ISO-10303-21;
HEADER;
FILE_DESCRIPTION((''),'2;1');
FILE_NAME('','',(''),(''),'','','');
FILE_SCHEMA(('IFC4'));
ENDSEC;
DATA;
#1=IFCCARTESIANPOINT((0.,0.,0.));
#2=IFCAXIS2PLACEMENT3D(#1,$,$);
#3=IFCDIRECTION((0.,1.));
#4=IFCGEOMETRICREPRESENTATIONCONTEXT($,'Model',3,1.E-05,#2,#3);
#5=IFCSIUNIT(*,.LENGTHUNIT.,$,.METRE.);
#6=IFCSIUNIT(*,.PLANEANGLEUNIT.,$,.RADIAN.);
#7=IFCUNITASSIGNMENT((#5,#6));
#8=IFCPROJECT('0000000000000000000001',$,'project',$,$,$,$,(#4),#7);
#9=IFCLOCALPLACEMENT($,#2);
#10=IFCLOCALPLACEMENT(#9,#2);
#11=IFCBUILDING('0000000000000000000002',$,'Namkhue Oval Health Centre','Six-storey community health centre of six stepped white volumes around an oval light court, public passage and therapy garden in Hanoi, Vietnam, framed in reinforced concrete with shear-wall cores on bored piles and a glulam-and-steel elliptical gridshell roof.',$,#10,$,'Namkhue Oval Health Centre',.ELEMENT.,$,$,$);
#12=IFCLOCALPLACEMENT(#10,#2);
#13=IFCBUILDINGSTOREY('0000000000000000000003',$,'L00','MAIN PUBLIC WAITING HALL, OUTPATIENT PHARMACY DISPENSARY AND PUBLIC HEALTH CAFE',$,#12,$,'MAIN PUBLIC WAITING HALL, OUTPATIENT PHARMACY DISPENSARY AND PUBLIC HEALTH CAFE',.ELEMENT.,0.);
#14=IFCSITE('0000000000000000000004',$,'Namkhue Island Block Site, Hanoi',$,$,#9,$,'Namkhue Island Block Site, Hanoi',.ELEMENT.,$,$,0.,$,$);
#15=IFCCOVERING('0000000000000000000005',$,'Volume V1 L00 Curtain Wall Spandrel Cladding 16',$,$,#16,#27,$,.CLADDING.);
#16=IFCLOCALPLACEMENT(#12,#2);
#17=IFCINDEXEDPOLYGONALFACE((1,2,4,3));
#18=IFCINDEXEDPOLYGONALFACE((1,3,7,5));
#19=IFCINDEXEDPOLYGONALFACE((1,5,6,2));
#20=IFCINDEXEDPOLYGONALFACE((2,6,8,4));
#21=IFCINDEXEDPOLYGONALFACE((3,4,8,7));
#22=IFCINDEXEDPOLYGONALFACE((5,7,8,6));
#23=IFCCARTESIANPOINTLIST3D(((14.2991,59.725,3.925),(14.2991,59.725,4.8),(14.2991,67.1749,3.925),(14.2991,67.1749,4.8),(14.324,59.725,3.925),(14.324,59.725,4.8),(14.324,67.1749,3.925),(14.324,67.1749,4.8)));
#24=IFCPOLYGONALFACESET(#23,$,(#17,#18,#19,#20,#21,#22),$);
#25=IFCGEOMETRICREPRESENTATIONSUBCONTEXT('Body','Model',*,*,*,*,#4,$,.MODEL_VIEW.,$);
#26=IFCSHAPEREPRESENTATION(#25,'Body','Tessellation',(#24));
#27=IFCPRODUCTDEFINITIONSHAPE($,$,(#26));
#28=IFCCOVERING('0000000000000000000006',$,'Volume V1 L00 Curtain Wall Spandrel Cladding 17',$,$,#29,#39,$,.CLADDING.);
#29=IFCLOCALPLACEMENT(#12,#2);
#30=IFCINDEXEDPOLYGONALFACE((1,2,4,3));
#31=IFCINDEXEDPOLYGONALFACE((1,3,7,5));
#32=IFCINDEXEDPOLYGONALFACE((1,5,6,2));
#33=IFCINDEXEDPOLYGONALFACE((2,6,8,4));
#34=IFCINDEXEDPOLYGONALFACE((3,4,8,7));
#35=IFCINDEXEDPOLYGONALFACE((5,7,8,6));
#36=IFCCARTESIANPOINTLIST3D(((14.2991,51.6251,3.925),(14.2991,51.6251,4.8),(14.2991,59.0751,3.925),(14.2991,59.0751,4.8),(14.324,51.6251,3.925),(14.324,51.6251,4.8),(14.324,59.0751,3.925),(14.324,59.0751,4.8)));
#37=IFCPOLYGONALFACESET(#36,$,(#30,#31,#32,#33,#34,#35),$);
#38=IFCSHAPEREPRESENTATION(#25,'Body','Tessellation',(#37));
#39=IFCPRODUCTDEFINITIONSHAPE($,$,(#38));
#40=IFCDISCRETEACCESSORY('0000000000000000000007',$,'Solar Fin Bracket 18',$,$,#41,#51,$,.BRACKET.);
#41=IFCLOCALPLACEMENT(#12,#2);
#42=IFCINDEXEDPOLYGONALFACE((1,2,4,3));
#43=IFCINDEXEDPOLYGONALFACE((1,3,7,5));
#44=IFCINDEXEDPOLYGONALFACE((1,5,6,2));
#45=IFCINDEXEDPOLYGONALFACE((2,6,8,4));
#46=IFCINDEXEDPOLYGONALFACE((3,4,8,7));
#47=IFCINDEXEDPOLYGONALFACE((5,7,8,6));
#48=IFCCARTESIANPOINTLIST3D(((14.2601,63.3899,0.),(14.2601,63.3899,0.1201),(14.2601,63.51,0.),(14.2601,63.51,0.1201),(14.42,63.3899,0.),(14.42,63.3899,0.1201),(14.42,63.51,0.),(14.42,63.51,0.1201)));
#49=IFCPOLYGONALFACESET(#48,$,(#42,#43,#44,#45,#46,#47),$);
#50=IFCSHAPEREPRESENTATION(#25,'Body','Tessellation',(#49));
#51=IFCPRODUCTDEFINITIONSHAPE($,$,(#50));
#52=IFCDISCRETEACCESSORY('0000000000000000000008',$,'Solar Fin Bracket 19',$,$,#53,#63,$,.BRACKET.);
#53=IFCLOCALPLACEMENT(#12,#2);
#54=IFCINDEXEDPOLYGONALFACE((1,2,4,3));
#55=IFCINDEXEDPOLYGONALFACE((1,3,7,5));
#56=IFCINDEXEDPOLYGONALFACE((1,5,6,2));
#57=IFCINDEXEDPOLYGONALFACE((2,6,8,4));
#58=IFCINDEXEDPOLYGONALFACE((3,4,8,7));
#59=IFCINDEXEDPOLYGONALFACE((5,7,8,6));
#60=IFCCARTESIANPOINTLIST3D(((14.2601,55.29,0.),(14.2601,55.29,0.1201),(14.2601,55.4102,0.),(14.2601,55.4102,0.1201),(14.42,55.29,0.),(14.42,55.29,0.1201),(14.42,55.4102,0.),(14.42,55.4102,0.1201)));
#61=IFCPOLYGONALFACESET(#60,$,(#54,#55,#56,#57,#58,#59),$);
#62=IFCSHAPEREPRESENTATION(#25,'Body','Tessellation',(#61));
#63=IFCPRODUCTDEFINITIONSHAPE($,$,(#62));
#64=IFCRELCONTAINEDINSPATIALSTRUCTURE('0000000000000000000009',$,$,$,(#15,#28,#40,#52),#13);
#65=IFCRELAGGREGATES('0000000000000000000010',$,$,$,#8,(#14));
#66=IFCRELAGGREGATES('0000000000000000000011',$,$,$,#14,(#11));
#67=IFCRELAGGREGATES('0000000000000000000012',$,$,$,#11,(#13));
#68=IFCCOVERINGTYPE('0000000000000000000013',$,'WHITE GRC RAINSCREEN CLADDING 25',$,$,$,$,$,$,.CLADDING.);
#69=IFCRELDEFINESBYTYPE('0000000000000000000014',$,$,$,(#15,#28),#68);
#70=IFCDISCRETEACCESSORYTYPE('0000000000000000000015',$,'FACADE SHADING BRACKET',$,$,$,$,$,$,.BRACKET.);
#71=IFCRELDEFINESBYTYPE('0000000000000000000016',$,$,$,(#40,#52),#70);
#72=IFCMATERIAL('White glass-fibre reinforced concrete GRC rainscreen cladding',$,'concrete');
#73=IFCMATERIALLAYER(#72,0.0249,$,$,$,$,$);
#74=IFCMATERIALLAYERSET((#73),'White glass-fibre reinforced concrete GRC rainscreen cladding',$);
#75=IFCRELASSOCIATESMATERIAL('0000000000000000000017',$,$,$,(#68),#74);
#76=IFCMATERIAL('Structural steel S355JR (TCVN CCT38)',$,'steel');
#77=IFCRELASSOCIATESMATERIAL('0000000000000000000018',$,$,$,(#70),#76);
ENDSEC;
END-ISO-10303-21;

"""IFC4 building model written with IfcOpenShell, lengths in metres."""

from ifc_helpers import new_model, si_unit, direction, frame, origin, origin_2d, place, context, subcontext, project, spatial, rectangle, extrude, material, layer, layer_set, type_object, element, save


model = new_model("IFC4")

# Units and contexts
model_context = context("Model", 3, precision=1e-05, world=origin(), true_north=direction((0.0, 1.0)))
body_context = subcontext(model_context, "Body", "Model", "MODEL_VIEW")
ifc_project = project(units=[si_unit("LENGTHUNIT", "METRE"), si_unit("PLANEANGLEUNIT", "RADIAN")], contexts=[model_context])

# Site, building, storey
site_placement = place(None, origin())
site = spatial("IfcSite", under=ifc_project, at=site_placement, Name="Namkhue Island Block Site, Hanoi", LongName="Namkhue Island Block Site, Hanoi", CompositionType="ELEMENT", RefElevation=0.0)
building_placement = place(site_placement, origin())
building = spatial("IfcBuilding", under=site, at=building_placement, Name="Namkhue Oval Health Centre", Description="Six-storey community health centre of six stepped white volumes around an oval light court, public passage and therapy garden in Hanoi, Vietnam, framed in reinforced concrete with shear-wall cores on bored piles and a glulam-and-steel elliptical gridshell roof.", LongName="Namkhue Oval Health Centre", CompositionType="ELEMENT")
storey_placement = place(building_placement, origin())
storey = spatial("IfcBuildingStorey", under=building, at=storey_placement, Name="L00", Description="MAIN PUBLIC WAITING HALL, OUTPATIENT PHARMACY DISPENSARY AND PUBLIC HEALTH CAFE", LongName="MAIN PUBLIC WAITING HALL, OUTPATIENT PHARMACY DISPENSARY AND PUBLIC HEALTH CAFE", CompositionType="ELEMENT", Elevation=0.0)

# Coverings
ifc_material_1 = material(Name="White glass-fibre reinforced concrete GRC rainscreen cladding", Category="concrete")
ifc_layer_1 = layer(ifc_material_1, 0.0249)
ifc_layer_set_1 = layer_set([ifc_layer_1], Name="White glass-fibre reinforced concrete GRC rainscreen cladding")
covering_type = type_object("IfcCoveringType", Name="WHITE GRC RAINSCREEN CLADDING 25", PredefinedType="CLADDING", material=ifc_layer_set_1)
for number, where, z_axis, x_axis, name in (
    (1, (14.3115, 63.45, 3.925), (0.0, 0.0, 1.0), (0.0, -1.0, 0.0), "Volume V1 L00 Curtain Wall Spandrel Cladding 16"),
    (2, (14.3115, 55.3501, 3.925), (0.0, 0.0, 1.0), (0.0, -1.0, 0.0), "Volume V1 L00 Curtain Wall Spandrel Cladding 17"),
):
    element("IfcCovering", number, at=place(storey_placement, frame(where, z_axis=z_axis, x_axis=x_axis)), inside=storey, type_object=covering_type, Name=name, PredefinedType="CLADDING", context=body_context, shape_type="SweptSolid", body=[
        extrude(rectangle(XDim=7.45, YDim=0.0249, at=origin_2d()), origin(), (0.0, 0.0, 1.0), 0.875),
    ])

# Discrete accessories
ifc_material_2 = material(Name="Structural steel S355JR (TCVN CCT38)", Category="steel")
discrete_accessory_type = type_object("IfcDiscreteAccessoryType", Name="FACADE SHADING BRACKET", PredefinedType="BRACKET", material=ifc_material_2)
for number, where, z_axis, x_axis, name in (
    (3, (14.3401, 63.45, 0.0), (0.0, 0.0, 1.0), (-1.0, 0.0, 0.0), "Solar Fin Bracket 18"),
    (4, (14.3401, 55.3501, 0.0), (0.0, 0.0, 1.0), (-1.0, 0.0, 0.0), "Solar Fin Bracket 19"),
):
    element("IfcDiscreteAccessory", number, at=place(storey_placement, frame(where, z_axis=z_axis, x_axis=x_axis)), inside=storey, type_object=discrete_accessory_type, Name=name, PredefinedType="BRACKET", context=body_context, shape_type="SweptSolid", body=[
        extrude(rectangle(XDim=0.1599, YDim=0.1201, at=origin_2d()), origin(), (0.0, 0.0, 1.0), 0.1201),
    ])

save(model, "model.ifc")
